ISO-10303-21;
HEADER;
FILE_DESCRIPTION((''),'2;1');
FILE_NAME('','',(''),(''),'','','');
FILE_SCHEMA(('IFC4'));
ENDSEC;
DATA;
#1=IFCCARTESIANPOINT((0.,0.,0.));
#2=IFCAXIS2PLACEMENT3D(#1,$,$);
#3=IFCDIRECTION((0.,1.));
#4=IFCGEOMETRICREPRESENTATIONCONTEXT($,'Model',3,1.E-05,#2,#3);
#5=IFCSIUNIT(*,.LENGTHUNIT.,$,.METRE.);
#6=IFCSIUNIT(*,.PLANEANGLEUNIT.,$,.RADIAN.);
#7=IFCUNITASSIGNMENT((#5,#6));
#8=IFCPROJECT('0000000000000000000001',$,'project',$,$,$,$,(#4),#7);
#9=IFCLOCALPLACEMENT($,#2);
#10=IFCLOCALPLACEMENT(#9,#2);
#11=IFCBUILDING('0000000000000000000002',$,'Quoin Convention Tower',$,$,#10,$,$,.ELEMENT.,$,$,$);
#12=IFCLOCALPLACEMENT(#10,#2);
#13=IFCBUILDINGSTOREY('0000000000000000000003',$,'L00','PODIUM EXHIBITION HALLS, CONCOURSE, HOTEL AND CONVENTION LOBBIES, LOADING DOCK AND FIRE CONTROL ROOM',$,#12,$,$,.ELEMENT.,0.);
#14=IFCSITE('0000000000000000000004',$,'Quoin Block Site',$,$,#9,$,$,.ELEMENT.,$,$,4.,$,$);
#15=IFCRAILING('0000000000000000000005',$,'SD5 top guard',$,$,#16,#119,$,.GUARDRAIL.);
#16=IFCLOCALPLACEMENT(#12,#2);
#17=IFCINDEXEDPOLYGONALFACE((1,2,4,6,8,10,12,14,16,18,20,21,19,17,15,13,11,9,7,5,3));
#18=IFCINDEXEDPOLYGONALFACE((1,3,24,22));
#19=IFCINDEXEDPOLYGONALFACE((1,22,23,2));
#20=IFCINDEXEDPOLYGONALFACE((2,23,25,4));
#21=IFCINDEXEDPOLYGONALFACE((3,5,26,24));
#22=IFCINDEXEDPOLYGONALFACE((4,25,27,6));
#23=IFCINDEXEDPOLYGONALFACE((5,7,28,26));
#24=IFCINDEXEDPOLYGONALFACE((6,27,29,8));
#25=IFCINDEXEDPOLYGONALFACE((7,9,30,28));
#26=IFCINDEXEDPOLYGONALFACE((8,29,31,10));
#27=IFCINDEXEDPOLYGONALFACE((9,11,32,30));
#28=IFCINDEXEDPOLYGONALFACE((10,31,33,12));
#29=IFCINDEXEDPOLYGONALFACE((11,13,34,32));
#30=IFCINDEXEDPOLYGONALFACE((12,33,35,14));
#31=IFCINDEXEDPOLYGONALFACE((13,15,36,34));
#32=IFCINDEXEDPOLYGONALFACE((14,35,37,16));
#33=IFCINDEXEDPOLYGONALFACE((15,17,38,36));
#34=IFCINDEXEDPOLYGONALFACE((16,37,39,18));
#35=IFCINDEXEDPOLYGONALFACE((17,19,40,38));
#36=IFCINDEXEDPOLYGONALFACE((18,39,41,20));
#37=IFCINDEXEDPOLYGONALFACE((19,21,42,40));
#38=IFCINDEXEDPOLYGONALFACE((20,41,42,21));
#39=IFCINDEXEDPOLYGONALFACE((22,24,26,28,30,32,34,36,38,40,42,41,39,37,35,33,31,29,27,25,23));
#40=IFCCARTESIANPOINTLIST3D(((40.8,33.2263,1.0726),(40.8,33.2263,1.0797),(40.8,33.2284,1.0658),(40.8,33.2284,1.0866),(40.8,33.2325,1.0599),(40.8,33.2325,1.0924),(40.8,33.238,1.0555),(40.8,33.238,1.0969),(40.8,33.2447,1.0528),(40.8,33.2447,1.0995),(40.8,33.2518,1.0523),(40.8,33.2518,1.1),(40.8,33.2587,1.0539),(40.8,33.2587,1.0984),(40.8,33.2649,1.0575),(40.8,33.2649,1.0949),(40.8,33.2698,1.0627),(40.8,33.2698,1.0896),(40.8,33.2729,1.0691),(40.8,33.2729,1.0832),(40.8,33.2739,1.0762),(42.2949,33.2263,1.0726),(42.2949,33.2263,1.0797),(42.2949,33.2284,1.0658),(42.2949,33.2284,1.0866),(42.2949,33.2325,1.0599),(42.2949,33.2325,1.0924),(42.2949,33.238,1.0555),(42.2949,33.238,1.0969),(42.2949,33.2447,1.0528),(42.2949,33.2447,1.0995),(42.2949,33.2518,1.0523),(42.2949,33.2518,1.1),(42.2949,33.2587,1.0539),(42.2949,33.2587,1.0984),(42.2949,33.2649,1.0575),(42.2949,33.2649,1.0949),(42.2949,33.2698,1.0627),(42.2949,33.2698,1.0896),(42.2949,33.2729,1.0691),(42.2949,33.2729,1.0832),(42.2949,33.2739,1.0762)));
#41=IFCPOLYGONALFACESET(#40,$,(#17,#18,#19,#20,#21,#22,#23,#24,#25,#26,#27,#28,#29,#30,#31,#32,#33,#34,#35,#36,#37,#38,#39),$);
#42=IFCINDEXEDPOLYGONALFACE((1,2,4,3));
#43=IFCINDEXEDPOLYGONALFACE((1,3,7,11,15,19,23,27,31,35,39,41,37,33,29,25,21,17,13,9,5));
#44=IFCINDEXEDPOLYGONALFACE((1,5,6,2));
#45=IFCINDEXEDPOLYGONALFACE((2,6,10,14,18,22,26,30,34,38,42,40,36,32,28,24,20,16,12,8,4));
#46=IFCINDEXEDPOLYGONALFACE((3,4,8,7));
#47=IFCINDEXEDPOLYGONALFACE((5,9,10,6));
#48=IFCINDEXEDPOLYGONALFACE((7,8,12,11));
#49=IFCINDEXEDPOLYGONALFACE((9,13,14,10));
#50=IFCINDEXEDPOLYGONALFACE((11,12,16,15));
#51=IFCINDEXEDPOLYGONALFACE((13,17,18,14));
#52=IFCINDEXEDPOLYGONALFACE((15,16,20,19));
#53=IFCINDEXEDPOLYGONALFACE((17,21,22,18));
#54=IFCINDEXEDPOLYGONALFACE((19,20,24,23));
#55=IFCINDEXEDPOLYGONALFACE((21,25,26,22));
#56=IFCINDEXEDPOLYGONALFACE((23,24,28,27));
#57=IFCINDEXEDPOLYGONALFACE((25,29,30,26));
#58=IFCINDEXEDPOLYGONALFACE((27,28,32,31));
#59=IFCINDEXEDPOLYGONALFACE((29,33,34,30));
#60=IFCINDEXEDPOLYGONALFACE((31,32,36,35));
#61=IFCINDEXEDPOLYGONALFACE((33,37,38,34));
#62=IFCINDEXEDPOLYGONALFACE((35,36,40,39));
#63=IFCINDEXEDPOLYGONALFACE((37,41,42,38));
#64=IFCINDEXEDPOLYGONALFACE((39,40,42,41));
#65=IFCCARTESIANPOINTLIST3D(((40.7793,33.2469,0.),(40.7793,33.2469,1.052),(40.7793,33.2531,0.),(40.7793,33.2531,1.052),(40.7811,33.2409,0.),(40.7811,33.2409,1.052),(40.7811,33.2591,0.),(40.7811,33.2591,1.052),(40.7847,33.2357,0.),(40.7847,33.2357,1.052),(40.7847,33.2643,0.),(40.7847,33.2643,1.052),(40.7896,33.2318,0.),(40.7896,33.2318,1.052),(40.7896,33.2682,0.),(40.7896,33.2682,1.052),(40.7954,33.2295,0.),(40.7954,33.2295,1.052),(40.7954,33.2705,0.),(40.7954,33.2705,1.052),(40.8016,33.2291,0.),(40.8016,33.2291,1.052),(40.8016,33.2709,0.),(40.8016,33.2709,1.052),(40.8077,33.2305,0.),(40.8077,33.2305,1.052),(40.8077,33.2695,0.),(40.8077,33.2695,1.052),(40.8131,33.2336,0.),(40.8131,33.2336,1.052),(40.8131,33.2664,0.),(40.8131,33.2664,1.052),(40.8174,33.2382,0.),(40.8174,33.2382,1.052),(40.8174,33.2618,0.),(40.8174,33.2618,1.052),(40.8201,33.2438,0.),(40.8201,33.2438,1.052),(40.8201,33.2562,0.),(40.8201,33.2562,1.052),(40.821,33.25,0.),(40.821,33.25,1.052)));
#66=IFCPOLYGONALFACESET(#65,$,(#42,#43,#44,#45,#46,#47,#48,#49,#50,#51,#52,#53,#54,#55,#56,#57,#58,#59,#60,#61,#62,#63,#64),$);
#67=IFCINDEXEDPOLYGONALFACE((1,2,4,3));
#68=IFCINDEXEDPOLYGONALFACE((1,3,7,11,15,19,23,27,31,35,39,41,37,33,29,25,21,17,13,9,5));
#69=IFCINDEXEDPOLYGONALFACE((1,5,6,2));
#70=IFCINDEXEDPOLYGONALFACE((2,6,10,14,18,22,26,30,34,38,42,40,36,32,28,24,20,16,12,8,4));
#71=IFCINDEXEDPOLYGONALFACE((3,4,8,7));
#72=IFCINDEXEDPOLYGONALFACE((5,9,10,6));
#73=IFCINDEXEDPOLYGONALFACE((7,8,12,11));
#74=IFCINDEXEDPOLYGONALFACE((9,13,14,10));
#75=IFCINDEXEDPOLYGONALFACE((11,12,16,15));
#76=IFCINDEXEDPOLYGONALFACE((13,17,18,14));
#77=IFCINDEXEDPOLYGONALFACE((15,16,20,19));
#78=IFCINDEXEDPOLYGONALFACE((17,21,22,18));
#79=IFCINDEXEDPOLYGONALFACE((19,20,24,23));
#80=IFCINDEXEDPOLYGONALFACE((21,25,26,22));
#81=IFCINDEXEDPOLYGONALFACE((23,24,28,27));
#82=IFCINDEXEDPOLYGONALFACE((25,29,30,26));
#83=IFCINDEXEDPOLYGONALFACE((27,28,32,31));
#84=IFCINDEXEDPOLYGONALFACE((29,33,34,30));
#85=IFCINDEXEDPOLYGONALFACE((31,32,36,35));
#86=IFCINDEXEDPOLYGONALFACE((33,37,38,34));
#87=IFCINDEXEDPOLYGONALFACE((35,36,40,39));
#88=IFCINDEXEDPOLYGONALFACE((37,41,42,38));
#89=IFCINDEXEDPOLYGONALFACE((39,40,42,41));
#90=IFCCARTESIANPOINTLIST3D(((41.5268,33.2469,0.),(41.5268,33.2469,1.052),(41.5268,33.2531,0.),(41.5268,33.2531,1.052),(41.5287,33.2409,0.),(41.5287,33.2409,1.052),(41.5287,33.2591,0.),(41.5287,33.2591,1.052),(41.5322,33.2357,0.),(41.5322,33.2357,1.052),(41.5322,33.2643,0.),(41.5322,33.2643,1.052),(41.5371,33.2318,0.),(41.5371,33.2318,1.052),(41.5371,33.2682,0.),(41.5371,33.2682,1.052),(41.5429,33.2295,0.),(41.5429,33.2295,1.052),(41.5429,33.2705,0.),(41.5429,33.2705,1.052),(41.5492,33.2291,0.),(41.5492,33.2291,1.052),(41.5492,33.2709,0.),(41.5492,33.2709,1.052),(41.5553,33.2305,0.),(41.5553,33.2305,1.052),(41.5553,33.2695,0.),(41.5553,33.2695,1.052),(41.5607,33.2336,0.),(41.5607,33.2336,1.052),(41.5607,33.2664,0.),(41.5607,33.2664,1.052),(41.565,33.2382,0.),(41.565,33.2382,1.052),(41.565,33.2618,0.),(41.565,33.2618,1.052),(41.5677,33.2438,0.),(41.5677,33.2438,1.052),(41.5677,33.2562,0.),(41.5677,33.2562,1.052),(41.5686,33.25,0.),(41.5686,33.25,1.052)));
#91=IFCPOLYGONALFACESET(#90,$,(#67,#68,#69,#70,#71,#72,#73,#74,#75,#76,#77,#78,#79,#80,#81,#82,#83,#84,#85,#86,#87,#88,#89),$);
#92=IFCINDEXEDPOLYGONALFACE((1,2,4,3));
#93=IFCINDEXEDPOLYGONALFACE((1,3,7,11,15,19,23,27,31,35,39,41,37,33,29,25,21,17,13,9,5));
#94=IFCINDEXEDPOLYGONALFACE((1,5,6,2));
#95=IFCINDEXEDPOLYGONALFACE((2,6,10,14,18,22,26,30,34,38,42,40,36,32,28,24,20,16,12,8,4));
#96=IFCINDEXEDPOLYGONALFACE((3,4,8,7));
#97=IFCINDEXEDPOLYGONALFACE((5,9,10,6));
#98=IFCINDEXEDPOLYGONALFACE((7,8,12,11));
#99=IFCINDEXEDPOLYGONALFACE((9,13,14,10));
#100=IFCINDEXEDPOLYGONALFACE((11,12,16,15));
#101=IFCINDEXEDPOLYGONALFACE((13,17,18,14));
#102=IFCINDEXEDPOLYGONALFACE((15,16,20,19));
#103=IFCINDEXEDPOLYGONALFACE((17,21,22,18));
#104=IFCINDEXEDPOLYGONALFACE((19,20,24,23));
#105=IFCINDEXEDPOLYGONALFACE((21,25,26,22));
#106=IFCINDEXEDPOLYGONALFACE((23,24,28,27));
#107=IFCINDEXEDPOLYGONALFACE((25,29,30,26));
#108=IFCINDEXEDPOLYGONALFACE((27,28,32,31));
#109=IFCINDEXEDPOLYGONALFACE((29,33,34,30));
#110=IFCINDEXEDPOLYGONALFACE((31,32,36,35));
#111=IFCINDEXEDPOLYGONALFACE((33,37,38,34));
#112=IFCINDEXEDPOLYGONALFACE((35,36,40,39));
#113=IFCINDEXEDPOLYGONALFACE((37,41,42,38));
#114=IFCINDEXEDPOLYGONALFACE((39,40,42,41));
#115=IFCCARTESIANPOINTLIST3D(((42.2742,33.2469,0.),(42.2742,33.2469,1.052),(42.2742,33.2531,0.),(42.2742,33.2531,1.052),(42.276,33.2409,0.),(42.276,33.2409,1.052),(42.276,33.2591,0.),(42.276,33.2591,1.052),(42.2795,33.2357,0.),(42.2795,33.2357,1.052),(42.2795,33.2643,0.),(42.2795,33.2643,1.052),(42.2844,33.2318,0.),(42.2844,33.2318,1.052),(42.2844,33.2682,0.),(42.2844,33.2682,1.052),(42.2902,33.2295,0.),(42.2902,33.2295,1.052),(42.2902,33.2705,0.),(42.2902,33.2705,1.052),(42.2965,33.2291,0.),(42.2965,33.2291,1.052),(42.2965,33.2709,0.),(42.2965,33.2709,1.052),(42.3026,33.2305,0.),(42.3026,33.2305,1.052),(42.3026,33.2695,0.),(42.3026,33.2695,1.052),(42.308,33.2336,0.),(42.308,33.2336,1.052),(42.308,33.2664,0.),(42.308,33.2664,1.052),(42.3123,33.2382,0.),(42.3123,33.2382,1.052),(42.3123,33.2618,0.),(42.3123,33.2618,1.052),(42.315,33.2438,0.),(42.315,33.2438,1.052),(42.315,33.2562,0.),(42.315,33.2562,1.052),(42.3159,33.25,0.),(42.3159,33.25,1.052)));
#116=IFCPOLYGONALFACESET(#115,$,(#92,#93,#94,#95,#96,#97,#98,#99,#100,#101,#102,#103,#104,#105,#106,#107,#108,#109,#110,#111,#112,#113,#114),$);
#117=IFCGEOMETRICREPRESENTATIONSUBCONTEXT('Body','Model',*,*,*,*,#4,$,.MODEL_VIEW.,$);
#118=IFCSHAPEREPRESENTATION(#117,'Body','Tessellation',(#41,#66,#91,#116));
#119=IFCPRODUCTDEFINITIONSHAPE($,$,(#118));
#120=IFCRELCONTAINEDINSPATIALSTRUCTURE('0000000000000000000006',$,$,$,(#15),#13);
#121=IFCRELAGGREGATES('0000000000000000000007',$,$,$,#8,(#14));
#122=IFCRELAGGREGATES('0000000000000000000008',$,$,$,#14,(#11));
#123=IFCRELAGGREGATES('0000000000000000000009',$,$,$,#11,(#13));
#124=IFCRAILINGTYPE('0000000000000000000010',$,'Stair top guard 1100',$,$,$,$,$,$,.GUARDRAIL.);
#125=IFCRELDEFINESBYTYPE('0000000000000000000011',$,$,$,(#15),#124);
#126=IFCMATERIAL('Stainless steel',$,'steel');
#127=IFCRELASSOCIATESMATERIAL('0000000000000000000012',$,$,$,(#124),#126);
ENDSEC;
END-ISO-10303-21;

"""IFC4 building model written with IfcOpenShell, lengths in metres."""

from ifc_helpers import new_model, si_unit, direction, frame, origin, origin_2d, place, context, subcontext, project, spatial, circle, extrude, material, type_object, element, save


model = new_model("IFC4")

# Units and contexts
model_context = context("Model", 3, precision=1e-05, world=origin(), true_north=direction((0.0, 1.0)))
body_context = subcontext(model_context, "Body", "Model", "MODEL_VIEW")
ifc_project = project(units=[si_unit("LENGTHUNIT", "METRE"), si_unit("PLANEANGLEUNIT", "RADIAN")], contexts=[model_context])

# Site, building, storey
site_placement = place(None, origin())
site = spatial("IfcSite", under=ifc_project, at=site_placement, Name="Quoin Block Site", CompositionType="ELEMENT", RefElevation=4.0)
building_placement = place(site_placement, origin())
building = spatial("IfcBuilding", under=site, at=building_placement, Name="Quoin Convention Tower", CompositionType="ELEMENT")
storey_placement = place(building_placement, origin())
storey = spatial("IfcBuildingStorey", under=building, at=storey_placement, Name="L00", Description="PODIUM EXHIBITION HALLS, CONCOURSE, HOTEL AND CONVENTION LOBBIES, LOADING DOCK AND FIRE CONTROL ROOM", CompositionType="ELEMENT", Elevation=0.0)

# Railing
ifc_material_1 = material(Name="Stainless steel", Category="steel")
railing_type_1 = type_object("IfcRailingType", Name="Stair top guard 1100", PredefinedType="GUARDRAIL", material=ifc_material_1)
railing_1_placement = place(storey_placement, frame((40.8, 33.25, 0.0)))
element("IfcRailing", 1, at=railing_1_placement, inside=storey, type_object=railing_type_1, Name="SD5 top guard", PredefinedType="GUARDRAIL", context=body_context, shape_type="SweptSolid", body=[
    extrude(circle(Radius=0.0239, at=origin_2d()), frame((0.0, 0.0, 1.0762), z_axis=(1.0, 0.0, 0.0), x_axis=(0.0, 1.0, 0.0)), (0.0, 0.0, 1.0), 1.4949),
    extrude(circle(Radius=0.021, at=origin_2d()), origin(), (0.0, 0.0, 1.0), 1.052),
    extrude(circle(Radius=0.021, at=origin_2d()), frame((0.7476, 0.0, 0.0)), (0.0, 0.0, 1.0), 1.052),
    extrude(circle(Radius=0.021, at=origin_2d()), frame((1.4949, 0.0, 0.0)), (0.0, 0.0, 1.0), 1.052),
])

save(model, "model.ifc")
